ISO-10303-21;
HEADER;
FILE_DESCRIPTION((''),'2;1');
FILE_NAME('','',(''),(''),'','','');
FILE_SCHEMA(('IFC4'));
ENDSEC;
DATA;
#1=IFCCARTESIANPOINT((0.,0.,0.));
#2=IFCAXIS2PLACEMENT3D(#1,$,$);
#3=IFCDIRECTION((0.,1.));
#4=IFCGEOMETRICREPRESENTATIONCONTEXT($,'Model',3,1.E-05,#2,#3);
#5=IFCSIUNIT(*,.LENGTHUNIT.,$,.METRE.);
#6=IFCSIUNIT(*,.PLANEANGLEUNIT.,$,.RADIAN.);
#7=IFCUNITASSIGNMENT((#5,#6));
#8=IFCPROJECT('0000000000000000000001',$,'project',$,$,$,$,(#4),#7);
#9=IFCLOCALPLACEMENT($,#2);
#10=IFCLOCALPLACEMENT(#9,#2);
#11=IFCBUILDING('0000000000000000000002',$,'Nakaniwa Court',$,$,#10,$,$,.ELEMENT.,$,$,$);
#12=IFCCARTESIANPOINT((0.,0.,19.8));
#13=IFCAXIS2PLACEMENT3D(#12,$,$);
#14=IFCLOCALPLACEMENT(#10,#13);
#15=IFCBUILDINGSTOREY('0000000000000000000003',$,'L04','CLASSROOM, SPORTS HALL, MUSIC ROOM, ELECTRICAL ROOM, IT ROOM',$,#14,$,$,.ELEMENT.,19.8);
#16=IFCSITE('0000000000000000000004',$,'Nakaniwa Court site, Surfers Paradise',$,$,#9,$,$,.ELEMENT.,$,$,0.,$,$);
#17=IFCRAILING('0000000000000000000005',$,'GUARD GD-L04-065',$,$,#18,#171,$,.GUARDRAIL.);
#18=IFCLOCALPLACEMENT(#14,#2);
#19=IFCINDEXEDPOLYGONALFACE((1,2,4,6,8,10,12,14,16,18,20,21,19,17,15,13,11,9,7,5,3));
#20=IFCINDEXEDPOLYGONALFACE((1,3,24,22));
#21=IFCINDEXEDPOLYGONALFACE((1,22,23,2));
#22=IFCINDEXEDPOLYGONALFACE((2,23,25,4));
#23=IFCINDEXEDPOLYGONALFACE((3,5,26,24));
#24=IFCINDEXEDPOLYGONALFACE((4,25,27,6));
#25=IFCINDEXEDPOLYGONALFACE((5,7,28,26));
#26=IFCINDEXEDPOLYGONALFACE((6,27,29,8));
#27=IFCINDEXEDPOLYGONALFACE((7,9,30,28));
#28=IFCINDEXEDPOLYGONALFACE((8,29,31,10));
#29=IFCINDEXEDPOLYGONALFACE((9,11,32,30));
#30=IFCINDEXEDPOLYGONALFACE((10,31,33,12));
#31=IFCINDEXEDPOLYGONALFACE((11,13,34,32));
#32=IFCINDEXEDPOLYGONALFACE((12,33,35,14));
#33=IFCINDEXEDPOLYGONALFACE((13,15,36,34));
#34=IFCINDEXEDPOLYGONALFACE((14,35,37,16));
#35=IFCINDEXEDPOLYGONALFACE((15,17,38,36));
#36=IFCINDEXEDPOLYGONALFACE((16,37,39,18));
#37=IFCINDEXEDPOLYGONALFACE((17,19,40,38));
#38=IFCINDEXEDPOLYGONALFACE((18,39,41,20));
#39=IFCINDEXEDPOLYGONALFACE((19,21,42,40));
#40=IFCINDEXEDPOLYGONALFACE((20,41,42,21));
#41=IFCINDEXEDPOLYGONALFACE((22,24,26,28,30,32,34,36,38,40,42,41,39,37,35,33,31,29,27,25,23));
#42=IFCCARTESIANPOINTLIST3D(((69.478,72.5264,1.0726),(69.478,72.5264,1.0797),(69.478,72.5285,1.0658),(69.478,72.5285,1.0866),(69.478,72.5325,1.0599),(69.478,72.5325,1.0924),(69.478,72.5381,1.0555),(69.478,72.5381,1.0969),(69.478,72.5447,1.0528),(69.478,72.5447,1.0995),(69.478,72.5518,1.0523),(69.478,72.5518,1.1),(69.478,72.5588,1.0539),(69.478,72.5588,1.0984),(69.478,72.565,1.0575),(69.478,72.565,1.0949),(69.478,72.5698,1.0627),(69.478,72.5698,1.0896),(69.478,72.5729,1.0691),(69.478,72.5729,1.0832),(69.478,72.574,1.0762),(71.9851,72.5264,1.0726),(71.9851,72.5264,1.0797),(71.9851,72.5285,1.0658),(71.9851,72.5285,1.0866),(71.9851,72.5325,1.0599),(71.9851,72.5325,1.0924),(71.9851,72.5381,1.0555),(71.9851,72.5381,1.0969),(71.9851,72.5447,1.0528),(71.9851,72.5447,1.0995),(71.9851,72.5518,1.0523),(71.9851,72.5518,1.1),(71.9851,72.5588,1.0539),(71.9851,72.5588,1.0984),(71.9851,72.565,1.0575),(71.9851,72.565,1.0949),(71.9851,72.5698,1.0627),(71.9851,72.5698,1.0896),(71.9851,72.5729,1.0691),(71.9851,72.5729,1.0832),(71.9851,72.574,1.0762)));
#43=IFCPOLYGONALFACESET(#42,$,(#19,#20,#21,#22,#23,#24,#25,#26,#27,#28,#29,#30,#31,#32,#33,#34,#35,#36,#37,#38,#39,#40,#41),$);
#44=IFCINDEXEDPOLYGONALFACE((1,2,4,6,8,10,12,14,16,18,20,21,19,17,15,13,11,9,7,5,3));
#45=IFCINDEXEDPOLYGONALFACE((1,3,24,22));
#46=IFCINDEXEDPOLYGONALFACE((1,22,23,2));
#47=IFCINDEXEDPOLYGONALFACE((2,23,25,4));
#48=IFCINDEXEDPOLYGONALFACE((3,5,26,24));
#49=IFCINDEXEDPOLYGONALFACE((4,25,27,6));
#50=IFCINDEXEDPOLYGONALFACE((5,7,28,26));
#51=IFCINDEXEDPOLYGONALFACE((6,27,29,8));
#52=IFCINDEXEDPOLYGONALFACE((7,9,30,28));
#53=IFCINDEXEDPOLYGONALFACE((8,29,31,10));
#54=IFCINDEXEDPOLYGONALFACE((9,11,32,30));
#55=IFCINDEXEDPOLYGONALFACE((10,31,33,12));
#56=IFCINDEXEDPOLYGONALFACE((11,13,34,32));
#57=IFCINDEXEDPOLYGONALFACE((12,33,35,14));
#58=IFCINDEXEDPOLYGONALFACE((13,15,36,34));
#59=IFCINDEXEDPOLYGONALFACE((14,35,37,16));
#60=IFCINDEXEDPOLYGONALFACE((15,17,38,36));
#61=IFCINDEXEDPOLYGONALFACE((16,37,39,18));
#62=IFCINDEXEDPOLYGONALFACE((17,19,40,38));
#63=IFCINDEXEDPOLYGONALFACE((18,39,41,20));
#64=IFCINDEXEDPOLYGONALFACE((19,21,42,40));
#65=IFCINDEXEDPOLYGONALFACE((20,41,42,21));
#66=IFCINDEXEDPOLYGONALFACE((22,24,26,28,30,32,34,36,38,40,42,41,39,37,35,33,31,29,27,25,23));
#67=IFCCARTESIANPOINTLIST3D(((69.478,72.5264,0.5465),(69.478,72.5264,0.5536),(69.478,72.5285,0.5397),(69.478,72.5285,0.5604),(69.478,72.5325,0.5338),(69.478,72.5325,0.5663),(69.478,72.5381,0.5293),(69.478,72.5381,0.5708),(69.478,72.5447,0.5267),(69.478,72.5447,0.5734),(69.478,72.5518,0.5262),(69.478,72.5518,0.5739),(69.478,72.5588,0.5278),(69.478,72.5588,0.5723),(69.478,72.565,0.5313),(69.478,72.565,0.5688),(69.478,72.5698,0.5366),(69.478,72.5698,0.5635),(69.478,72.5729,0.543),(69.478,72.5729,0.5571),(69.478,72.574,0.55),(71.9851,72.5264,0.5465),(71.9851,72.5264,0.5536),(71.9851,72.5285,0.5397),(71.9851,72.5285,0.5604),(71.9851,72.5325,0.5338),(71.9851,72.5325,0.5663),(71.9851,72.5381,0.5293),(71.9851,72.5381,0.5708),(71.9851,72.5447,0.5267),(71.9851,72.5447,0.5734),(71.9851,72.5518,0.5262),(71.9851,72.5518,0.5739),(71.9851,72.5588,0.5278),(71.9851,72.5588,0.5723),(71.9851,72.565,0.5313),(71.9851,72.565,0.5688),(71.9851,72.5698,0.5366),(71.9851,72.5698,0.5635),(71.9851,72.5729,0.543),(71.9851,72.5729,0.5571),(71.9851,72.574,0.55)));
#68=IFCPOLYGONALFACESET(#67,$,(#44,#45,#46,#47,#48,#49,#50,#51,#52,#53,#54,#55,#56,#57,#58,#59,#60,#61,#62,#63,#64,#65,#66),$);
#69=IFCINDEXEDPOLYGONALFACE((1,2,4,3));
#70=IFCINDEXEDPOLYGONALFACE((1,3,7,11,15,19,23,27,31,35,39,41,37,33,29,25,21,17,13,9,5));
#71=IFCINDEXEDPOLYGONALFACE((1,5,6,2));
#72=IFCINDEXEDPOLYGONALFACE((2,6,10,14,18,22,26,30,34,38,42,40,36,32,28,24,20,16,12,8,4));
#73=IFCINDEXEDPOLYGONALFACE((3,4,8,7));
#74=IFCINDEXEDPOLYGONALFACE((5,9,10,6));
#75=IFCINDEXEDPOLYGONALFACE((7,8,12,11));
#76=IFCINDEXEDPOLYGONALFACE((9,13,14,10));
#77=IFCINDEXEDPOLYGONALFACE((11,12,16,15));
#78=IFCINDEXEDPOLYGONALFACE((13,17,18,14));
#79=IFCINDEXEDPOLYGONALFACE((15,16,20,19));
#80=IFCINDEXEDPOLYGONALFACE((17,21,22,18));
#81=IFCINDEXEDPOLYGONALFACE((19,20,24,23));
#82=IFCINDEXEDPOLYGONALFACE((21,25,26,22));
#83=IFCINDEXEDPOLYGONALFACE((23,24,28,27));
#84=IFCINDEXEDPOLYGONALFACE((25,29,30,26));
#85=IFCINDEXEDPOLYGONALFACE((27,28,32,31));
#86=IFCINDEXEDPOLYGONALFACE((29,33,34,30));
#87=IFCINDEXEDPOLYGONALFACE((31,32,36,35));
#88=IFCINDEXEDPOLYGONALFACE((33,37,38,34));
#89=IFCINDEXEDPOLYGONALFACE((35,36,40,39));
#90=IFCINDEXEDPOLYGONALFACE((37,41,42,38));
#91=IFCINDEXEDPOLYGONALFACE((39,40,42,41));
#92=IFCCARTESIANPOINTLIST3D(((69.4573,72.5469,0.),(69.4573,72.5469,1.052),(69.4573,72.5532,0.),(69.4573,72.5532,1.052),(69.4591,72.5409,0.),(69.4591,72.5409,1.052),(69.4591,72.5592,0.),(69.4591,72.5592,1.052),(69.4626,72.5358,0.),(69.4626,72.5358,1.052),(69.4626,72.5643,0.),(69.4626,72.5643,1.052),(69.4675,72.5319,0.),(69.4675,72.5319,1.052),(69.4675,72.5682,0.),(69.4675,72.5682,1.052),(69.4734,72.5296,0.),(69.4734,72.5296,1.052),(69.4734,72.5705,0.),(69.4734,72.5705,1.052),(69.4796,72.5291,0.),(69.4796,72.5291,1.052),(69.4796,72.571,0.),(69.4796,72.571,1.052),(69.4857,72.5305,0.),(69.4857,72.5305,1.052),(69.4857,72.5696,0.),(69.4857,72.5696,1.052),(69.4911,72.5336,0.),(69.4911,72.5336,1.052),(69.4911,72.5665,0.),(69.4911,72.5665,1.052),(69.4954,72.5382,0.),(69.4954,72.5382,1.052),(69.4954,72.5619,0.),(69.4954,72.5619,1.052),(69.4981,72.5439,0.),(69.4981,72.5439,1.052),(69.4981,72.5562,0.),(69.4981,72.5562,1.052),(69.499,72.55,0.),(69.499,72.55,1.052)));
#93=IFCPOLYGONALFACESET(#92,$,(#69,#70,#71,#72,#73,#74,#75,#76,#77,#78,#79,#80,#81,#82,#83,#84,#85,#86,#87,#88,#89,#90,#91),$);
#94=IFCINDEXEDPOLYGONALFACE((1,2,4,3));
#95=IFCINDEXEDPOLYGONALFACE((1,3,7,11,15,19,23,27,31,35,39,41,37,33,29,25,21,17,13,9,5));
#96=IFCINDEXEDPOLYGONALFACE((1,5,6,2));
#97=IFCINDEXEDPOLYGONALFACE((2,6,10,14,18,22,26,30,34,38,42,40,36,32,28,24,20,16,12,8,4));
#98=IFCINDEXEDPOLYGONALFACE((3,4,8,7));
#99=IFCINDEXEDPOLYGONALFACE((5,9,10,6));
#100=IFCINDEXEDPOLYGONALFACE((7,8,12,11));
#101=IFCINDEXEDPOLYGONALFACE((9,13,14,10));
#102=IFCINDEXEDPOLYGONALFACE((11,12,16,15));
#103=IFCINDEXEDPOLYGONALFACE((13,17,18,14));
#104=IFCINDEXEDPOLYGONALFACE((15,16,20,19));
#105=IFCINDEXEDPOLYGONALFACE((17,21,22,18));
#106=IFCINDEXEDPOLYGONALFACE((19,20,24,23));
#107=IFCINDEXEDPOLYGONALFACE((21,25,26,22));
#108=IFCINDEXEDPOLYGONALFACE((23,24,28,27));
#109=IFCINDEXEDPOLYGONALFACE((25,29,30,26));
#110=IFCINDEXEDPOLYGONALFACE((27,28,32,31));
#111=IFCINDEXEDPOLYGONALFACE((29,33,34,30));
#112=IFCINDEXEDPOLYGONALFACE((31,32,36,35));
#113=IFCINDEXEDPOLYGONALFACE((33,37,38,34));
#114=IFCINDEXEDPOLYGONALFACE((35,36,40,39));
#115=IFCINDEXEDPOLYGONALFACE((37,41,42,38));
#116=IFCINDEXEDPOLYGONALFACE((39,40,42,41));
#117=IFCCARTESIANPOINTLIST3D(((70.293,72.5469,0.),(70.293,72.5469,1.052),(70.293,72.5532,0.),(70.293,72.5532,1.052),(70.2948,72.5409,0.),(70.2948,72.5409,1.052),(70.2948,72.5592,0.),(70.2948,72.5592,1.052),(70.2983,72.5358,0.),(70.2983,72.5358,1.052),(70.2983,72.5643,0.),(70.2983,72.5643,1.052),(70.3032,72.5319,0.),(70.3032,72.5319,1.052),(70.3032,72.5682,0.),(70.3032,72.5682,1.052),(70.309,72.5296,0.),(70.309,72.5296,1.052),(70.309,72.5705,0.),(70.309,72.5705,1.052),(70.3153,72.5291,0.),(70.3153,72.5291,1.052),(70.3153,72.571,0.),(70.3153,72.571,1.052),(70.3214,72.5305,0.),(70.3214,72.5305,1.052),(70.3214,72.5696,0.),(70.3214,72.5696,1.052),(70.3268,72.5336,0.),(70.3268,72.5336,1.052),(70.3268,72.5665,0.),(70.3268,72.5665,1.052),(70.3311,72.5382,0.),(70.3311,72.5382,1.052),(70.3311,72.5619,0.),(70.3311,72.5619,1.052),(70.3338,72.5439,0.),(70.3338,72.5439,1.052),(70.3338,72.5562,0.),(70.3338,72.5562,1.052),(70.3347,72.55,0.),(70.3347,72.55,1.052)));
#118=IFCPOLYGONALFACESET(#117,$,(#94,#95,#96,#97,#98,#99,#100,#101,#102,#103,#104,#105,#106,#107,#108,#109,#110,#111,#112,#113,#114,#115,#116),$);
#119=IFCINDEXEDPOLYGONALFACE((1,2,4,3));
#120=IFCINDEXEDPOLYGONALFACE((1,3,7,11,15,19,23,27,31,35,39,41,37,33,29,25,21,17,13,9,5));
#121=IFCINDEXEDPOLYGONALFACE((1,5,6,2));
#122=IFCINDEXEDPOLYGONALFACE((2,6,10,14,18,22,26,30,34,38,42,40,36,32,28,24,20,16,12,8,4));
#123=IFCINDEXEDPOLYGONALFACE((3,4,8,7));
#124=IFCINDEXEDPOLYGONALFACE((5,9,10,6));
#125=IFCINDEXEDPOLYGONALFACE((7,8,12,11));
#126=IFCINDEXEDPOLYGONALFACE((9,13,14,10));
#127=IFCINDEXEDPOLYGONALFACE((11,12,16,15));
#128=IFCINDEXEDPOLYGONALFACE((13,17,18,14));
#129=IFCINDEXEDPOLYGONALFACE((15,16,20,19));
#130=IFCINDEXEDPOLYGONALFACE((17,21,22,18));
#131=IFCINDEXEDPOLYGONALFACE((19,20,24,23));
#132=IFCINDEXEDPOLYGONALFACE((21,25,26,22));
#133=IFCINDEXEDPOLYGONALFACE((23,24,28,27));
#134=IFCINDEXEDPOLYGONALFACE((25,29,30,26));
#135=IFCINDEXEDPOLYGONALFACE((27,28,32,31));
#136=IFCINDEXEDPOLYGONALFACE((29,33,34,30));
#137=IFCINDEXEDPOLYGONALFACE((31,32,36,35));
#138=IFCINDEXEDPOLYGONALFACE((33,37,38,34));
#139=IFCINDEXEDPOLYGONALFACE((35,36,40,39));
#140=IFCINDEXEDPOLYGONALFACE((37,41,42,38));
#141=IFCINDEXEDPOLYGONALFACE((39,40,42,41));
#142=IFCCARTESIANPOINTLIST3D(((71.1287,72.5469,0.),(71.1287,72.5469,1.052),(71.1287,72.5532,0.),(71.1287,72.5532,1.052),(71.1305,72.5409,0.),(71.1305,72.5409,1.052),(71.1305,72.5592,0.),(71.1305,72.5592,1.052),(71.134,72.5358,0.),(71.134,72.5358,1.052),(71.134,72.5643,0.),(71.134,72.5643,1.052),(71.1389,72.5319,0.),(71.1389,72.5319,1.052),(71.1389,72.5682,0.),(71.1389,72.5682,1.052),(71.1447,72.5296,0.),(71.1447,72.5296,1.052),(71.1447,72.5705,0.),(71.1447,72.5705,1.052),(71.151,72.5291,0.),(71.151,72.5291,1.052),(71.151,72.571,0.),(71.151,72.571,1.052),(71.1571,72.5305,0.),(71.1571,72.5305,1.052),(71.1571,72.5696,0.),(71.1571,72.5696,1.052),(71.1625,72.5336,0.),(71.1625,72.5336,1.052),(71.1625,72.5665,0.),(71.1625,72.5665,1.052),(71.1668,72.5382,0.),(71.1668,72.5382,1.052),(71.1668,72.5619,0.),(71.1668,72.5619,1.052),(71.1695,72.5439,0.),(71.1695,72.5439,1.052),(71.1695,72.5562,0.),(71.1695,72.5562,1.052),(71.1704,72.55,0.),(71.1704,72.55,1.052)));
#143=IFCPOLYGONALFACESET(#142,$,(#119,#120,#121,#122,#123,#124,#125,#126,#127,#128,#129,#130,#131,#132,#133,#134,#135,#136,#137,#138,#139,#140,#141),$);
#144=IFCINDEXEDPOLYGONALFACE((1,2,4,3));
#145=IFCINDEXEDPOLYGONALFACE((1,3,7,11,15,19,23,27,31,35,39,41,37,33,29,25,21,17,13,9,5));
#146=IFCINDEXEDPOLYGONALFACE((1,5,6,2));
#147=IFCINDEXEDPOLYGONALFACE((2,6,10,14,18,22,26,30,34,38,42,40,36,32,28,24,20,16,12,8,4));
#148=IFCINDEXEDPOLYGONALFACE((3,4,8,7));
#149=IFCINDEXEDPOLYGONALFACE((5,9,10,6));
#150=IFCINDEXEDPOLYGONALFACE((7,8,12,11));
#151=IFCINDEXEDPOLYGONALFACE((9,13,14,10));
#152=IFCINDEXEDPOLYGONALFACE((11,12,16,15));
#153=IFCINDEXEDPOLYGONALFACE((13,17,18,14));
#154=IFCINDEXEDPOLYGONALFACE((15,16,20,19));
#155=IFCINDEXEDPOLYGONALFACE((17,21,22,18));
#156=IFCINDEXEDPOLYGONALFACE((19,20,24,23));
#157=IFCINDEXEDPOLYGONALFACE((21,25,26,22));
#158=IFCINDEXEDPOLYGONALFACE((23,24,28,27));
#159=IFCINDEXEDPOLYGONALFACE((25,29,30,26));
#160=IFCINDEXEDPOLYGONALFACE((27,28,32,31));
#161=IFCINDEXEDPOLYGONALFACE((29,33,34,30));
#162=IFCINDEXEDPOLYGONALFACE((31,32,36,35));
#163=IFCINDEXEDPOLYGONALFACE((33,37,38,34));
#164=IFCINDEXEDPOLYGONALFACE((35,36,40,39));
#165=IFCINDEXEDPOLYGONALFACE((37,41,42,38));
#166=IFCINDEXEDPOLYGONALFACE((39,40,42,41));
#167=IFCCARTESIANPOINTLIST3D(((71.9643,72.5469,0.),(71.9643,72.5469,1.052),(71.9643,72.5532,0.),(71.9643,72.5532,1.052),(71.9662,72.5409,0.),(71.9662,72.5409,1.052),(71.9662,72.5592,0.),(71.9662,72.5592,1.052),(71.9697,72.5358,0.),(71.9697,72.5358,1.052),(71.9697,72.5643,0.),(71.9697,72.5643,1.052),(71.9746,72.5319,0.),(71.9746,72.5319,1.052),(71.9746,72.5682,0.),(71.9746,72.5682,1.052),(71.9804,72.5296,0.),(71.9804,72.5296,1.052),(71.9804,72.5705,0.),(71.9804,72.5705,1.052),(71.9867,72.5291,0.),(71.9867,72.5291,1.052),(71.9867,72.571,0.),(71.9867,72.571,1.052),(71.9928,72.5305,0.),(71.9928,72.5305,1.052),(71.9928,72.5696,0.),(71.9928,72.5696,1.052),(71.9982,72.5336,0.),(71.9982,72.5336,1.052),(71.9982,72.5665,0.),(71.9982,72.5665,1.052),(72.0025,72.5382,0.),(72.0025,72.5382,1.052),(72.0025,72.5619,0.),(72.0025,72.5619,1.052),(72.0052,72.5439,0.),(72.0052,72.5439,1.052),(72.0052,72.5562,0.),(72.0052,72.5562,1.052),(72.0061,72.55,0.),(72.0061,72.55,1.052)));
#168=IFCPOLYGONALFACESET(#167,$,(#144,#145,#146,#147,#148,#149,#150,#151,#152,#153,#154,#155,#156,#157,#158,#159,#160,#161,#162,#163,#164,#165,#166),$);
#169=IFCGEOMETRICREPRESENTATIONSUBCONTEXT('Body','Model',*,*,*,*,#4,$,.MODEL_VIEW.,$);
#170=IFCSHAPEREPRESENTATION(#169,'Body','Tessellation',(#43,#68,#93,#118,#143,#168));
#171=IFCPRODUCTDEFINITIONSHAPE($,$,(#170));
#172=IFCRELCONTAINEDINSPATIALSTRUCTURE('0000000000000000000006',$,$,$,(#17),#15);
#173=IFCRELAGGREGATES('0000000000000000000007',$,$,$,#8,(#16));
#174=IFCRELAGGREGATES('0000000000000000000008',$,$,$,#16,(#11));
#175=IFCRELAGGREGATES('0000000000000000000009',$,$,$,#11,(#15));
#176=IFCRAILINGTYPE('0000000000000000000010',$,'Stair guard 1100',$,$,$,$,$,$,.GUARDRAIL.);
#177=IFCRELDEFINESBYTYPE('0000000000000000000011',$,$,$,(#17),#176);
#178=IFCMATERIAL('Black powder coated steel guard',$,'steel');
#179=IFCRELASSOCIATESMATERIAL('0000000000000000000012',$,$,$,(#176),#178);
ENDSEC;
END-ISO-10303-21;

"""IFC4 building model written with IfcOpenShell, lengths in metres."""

from ifc_helpers import new_model, si_unit, direction, frame, origin, origin_2d, place, context, subcontext, project, spatial, circle, extrude, material, type_object, element, save


model = new_model("IFC4")

# Units and contexts
model_context = context("Model", 3, precision=1e-05, world=origin(), true_north=direction((0.0, 1.0)))
body_context = subcontext(model_context, "Body", "Model", "MODEL_VIEW")
ifc_project = project(units=[si_unit("LENGTHUNIT", "METRE"), si_unit("PLANEANGLEUNIT", "RADIAN")], contexts=[model_context])

# Site, building, storey
site_placement = place(None, origin())
site = spatial("IfcSite", under=ifc_project, at=site_placement, Name="Nakaniwa Court site, Surfers Paradise", CompositionType="ELEMENT", RefElevation=0.0)
building_placement = place(site_placement, origin())
building = spatial("IfcBuilding", under=site, at=building_placement, Name="Nakaniwa Court", CompositionType="ELEMENT")
storey_placement = place(building_placement, frame((0.0, 0.0, 19.8)))
storey = spatial("IfcBuildingStorey", under=building, at=storey_placement, Name="L04", Description="CLASSROOM, SPORTS HALL, MUSIC ROOM, ELECTRICAL ROOM, IT ROOM", CompositionType="ELEMENT", Elevation=19.8)

# Railing
ifc_material_1 = material(Name="Black powder coated steel guard", Category="steel")
railing_type = type_object("IfcRailingType", Name="Stair guard 1100", PredefinedType="GUARDRAIL", material=ifc_material_1)
railing_1_placement = place(storey_placement, frame((69.478, 72.55, 0.0)))
element("IfcRailing", 1, at=railing_1_placement, inside=storey, type_object=railing_type, Name="GUARD GD-L04-065", PredefinedType="GUARDRAIL", context=body_context, shape_type="SweptSolid", body=[
    extrude(circle(Radius=0.0239, at=origin_2d()), frame((0.0, 0.0, 1.0762), z_axis=(1.0, 0.0, 0.0), x_axis=(0.0, 1.0, 0.0)), (0.0, 0.0, 1.0), 2.5071),
    extrude(circle(Radius=0.0239, at=origin_2d()), frame((0.0, 0.0, 0.55), z_axis=(1.0, 0.0, 0.0), x_axis=(0.0, 1.0, 0.0)), (0.0, 0.0, 1.0), 2.5071),
    extrude(circle(Radius=0.021, at=origin_2d()), origin(), (0.0, 0.0, 1.0), 1.052),
    extrude(circle(Radius=0.021, at=origin_2d()), frame((0.8357, 0.0, 0.0)), (0.0, 0.0, 1.0), 1.052),
    extrude(circle(Radius=0.021, at=origin_2d()), frame((1.6714, 0.0, 0.0)), (0.0, 0.0, 1.0), 1.052),
    extrude(circle(Radius=0.021, at=origin_2d()), frame((2.5071, 0.0, 0.0)), (0.0, 0.0, 1.0), 1.052),
])

save(model, "model.ifc")
